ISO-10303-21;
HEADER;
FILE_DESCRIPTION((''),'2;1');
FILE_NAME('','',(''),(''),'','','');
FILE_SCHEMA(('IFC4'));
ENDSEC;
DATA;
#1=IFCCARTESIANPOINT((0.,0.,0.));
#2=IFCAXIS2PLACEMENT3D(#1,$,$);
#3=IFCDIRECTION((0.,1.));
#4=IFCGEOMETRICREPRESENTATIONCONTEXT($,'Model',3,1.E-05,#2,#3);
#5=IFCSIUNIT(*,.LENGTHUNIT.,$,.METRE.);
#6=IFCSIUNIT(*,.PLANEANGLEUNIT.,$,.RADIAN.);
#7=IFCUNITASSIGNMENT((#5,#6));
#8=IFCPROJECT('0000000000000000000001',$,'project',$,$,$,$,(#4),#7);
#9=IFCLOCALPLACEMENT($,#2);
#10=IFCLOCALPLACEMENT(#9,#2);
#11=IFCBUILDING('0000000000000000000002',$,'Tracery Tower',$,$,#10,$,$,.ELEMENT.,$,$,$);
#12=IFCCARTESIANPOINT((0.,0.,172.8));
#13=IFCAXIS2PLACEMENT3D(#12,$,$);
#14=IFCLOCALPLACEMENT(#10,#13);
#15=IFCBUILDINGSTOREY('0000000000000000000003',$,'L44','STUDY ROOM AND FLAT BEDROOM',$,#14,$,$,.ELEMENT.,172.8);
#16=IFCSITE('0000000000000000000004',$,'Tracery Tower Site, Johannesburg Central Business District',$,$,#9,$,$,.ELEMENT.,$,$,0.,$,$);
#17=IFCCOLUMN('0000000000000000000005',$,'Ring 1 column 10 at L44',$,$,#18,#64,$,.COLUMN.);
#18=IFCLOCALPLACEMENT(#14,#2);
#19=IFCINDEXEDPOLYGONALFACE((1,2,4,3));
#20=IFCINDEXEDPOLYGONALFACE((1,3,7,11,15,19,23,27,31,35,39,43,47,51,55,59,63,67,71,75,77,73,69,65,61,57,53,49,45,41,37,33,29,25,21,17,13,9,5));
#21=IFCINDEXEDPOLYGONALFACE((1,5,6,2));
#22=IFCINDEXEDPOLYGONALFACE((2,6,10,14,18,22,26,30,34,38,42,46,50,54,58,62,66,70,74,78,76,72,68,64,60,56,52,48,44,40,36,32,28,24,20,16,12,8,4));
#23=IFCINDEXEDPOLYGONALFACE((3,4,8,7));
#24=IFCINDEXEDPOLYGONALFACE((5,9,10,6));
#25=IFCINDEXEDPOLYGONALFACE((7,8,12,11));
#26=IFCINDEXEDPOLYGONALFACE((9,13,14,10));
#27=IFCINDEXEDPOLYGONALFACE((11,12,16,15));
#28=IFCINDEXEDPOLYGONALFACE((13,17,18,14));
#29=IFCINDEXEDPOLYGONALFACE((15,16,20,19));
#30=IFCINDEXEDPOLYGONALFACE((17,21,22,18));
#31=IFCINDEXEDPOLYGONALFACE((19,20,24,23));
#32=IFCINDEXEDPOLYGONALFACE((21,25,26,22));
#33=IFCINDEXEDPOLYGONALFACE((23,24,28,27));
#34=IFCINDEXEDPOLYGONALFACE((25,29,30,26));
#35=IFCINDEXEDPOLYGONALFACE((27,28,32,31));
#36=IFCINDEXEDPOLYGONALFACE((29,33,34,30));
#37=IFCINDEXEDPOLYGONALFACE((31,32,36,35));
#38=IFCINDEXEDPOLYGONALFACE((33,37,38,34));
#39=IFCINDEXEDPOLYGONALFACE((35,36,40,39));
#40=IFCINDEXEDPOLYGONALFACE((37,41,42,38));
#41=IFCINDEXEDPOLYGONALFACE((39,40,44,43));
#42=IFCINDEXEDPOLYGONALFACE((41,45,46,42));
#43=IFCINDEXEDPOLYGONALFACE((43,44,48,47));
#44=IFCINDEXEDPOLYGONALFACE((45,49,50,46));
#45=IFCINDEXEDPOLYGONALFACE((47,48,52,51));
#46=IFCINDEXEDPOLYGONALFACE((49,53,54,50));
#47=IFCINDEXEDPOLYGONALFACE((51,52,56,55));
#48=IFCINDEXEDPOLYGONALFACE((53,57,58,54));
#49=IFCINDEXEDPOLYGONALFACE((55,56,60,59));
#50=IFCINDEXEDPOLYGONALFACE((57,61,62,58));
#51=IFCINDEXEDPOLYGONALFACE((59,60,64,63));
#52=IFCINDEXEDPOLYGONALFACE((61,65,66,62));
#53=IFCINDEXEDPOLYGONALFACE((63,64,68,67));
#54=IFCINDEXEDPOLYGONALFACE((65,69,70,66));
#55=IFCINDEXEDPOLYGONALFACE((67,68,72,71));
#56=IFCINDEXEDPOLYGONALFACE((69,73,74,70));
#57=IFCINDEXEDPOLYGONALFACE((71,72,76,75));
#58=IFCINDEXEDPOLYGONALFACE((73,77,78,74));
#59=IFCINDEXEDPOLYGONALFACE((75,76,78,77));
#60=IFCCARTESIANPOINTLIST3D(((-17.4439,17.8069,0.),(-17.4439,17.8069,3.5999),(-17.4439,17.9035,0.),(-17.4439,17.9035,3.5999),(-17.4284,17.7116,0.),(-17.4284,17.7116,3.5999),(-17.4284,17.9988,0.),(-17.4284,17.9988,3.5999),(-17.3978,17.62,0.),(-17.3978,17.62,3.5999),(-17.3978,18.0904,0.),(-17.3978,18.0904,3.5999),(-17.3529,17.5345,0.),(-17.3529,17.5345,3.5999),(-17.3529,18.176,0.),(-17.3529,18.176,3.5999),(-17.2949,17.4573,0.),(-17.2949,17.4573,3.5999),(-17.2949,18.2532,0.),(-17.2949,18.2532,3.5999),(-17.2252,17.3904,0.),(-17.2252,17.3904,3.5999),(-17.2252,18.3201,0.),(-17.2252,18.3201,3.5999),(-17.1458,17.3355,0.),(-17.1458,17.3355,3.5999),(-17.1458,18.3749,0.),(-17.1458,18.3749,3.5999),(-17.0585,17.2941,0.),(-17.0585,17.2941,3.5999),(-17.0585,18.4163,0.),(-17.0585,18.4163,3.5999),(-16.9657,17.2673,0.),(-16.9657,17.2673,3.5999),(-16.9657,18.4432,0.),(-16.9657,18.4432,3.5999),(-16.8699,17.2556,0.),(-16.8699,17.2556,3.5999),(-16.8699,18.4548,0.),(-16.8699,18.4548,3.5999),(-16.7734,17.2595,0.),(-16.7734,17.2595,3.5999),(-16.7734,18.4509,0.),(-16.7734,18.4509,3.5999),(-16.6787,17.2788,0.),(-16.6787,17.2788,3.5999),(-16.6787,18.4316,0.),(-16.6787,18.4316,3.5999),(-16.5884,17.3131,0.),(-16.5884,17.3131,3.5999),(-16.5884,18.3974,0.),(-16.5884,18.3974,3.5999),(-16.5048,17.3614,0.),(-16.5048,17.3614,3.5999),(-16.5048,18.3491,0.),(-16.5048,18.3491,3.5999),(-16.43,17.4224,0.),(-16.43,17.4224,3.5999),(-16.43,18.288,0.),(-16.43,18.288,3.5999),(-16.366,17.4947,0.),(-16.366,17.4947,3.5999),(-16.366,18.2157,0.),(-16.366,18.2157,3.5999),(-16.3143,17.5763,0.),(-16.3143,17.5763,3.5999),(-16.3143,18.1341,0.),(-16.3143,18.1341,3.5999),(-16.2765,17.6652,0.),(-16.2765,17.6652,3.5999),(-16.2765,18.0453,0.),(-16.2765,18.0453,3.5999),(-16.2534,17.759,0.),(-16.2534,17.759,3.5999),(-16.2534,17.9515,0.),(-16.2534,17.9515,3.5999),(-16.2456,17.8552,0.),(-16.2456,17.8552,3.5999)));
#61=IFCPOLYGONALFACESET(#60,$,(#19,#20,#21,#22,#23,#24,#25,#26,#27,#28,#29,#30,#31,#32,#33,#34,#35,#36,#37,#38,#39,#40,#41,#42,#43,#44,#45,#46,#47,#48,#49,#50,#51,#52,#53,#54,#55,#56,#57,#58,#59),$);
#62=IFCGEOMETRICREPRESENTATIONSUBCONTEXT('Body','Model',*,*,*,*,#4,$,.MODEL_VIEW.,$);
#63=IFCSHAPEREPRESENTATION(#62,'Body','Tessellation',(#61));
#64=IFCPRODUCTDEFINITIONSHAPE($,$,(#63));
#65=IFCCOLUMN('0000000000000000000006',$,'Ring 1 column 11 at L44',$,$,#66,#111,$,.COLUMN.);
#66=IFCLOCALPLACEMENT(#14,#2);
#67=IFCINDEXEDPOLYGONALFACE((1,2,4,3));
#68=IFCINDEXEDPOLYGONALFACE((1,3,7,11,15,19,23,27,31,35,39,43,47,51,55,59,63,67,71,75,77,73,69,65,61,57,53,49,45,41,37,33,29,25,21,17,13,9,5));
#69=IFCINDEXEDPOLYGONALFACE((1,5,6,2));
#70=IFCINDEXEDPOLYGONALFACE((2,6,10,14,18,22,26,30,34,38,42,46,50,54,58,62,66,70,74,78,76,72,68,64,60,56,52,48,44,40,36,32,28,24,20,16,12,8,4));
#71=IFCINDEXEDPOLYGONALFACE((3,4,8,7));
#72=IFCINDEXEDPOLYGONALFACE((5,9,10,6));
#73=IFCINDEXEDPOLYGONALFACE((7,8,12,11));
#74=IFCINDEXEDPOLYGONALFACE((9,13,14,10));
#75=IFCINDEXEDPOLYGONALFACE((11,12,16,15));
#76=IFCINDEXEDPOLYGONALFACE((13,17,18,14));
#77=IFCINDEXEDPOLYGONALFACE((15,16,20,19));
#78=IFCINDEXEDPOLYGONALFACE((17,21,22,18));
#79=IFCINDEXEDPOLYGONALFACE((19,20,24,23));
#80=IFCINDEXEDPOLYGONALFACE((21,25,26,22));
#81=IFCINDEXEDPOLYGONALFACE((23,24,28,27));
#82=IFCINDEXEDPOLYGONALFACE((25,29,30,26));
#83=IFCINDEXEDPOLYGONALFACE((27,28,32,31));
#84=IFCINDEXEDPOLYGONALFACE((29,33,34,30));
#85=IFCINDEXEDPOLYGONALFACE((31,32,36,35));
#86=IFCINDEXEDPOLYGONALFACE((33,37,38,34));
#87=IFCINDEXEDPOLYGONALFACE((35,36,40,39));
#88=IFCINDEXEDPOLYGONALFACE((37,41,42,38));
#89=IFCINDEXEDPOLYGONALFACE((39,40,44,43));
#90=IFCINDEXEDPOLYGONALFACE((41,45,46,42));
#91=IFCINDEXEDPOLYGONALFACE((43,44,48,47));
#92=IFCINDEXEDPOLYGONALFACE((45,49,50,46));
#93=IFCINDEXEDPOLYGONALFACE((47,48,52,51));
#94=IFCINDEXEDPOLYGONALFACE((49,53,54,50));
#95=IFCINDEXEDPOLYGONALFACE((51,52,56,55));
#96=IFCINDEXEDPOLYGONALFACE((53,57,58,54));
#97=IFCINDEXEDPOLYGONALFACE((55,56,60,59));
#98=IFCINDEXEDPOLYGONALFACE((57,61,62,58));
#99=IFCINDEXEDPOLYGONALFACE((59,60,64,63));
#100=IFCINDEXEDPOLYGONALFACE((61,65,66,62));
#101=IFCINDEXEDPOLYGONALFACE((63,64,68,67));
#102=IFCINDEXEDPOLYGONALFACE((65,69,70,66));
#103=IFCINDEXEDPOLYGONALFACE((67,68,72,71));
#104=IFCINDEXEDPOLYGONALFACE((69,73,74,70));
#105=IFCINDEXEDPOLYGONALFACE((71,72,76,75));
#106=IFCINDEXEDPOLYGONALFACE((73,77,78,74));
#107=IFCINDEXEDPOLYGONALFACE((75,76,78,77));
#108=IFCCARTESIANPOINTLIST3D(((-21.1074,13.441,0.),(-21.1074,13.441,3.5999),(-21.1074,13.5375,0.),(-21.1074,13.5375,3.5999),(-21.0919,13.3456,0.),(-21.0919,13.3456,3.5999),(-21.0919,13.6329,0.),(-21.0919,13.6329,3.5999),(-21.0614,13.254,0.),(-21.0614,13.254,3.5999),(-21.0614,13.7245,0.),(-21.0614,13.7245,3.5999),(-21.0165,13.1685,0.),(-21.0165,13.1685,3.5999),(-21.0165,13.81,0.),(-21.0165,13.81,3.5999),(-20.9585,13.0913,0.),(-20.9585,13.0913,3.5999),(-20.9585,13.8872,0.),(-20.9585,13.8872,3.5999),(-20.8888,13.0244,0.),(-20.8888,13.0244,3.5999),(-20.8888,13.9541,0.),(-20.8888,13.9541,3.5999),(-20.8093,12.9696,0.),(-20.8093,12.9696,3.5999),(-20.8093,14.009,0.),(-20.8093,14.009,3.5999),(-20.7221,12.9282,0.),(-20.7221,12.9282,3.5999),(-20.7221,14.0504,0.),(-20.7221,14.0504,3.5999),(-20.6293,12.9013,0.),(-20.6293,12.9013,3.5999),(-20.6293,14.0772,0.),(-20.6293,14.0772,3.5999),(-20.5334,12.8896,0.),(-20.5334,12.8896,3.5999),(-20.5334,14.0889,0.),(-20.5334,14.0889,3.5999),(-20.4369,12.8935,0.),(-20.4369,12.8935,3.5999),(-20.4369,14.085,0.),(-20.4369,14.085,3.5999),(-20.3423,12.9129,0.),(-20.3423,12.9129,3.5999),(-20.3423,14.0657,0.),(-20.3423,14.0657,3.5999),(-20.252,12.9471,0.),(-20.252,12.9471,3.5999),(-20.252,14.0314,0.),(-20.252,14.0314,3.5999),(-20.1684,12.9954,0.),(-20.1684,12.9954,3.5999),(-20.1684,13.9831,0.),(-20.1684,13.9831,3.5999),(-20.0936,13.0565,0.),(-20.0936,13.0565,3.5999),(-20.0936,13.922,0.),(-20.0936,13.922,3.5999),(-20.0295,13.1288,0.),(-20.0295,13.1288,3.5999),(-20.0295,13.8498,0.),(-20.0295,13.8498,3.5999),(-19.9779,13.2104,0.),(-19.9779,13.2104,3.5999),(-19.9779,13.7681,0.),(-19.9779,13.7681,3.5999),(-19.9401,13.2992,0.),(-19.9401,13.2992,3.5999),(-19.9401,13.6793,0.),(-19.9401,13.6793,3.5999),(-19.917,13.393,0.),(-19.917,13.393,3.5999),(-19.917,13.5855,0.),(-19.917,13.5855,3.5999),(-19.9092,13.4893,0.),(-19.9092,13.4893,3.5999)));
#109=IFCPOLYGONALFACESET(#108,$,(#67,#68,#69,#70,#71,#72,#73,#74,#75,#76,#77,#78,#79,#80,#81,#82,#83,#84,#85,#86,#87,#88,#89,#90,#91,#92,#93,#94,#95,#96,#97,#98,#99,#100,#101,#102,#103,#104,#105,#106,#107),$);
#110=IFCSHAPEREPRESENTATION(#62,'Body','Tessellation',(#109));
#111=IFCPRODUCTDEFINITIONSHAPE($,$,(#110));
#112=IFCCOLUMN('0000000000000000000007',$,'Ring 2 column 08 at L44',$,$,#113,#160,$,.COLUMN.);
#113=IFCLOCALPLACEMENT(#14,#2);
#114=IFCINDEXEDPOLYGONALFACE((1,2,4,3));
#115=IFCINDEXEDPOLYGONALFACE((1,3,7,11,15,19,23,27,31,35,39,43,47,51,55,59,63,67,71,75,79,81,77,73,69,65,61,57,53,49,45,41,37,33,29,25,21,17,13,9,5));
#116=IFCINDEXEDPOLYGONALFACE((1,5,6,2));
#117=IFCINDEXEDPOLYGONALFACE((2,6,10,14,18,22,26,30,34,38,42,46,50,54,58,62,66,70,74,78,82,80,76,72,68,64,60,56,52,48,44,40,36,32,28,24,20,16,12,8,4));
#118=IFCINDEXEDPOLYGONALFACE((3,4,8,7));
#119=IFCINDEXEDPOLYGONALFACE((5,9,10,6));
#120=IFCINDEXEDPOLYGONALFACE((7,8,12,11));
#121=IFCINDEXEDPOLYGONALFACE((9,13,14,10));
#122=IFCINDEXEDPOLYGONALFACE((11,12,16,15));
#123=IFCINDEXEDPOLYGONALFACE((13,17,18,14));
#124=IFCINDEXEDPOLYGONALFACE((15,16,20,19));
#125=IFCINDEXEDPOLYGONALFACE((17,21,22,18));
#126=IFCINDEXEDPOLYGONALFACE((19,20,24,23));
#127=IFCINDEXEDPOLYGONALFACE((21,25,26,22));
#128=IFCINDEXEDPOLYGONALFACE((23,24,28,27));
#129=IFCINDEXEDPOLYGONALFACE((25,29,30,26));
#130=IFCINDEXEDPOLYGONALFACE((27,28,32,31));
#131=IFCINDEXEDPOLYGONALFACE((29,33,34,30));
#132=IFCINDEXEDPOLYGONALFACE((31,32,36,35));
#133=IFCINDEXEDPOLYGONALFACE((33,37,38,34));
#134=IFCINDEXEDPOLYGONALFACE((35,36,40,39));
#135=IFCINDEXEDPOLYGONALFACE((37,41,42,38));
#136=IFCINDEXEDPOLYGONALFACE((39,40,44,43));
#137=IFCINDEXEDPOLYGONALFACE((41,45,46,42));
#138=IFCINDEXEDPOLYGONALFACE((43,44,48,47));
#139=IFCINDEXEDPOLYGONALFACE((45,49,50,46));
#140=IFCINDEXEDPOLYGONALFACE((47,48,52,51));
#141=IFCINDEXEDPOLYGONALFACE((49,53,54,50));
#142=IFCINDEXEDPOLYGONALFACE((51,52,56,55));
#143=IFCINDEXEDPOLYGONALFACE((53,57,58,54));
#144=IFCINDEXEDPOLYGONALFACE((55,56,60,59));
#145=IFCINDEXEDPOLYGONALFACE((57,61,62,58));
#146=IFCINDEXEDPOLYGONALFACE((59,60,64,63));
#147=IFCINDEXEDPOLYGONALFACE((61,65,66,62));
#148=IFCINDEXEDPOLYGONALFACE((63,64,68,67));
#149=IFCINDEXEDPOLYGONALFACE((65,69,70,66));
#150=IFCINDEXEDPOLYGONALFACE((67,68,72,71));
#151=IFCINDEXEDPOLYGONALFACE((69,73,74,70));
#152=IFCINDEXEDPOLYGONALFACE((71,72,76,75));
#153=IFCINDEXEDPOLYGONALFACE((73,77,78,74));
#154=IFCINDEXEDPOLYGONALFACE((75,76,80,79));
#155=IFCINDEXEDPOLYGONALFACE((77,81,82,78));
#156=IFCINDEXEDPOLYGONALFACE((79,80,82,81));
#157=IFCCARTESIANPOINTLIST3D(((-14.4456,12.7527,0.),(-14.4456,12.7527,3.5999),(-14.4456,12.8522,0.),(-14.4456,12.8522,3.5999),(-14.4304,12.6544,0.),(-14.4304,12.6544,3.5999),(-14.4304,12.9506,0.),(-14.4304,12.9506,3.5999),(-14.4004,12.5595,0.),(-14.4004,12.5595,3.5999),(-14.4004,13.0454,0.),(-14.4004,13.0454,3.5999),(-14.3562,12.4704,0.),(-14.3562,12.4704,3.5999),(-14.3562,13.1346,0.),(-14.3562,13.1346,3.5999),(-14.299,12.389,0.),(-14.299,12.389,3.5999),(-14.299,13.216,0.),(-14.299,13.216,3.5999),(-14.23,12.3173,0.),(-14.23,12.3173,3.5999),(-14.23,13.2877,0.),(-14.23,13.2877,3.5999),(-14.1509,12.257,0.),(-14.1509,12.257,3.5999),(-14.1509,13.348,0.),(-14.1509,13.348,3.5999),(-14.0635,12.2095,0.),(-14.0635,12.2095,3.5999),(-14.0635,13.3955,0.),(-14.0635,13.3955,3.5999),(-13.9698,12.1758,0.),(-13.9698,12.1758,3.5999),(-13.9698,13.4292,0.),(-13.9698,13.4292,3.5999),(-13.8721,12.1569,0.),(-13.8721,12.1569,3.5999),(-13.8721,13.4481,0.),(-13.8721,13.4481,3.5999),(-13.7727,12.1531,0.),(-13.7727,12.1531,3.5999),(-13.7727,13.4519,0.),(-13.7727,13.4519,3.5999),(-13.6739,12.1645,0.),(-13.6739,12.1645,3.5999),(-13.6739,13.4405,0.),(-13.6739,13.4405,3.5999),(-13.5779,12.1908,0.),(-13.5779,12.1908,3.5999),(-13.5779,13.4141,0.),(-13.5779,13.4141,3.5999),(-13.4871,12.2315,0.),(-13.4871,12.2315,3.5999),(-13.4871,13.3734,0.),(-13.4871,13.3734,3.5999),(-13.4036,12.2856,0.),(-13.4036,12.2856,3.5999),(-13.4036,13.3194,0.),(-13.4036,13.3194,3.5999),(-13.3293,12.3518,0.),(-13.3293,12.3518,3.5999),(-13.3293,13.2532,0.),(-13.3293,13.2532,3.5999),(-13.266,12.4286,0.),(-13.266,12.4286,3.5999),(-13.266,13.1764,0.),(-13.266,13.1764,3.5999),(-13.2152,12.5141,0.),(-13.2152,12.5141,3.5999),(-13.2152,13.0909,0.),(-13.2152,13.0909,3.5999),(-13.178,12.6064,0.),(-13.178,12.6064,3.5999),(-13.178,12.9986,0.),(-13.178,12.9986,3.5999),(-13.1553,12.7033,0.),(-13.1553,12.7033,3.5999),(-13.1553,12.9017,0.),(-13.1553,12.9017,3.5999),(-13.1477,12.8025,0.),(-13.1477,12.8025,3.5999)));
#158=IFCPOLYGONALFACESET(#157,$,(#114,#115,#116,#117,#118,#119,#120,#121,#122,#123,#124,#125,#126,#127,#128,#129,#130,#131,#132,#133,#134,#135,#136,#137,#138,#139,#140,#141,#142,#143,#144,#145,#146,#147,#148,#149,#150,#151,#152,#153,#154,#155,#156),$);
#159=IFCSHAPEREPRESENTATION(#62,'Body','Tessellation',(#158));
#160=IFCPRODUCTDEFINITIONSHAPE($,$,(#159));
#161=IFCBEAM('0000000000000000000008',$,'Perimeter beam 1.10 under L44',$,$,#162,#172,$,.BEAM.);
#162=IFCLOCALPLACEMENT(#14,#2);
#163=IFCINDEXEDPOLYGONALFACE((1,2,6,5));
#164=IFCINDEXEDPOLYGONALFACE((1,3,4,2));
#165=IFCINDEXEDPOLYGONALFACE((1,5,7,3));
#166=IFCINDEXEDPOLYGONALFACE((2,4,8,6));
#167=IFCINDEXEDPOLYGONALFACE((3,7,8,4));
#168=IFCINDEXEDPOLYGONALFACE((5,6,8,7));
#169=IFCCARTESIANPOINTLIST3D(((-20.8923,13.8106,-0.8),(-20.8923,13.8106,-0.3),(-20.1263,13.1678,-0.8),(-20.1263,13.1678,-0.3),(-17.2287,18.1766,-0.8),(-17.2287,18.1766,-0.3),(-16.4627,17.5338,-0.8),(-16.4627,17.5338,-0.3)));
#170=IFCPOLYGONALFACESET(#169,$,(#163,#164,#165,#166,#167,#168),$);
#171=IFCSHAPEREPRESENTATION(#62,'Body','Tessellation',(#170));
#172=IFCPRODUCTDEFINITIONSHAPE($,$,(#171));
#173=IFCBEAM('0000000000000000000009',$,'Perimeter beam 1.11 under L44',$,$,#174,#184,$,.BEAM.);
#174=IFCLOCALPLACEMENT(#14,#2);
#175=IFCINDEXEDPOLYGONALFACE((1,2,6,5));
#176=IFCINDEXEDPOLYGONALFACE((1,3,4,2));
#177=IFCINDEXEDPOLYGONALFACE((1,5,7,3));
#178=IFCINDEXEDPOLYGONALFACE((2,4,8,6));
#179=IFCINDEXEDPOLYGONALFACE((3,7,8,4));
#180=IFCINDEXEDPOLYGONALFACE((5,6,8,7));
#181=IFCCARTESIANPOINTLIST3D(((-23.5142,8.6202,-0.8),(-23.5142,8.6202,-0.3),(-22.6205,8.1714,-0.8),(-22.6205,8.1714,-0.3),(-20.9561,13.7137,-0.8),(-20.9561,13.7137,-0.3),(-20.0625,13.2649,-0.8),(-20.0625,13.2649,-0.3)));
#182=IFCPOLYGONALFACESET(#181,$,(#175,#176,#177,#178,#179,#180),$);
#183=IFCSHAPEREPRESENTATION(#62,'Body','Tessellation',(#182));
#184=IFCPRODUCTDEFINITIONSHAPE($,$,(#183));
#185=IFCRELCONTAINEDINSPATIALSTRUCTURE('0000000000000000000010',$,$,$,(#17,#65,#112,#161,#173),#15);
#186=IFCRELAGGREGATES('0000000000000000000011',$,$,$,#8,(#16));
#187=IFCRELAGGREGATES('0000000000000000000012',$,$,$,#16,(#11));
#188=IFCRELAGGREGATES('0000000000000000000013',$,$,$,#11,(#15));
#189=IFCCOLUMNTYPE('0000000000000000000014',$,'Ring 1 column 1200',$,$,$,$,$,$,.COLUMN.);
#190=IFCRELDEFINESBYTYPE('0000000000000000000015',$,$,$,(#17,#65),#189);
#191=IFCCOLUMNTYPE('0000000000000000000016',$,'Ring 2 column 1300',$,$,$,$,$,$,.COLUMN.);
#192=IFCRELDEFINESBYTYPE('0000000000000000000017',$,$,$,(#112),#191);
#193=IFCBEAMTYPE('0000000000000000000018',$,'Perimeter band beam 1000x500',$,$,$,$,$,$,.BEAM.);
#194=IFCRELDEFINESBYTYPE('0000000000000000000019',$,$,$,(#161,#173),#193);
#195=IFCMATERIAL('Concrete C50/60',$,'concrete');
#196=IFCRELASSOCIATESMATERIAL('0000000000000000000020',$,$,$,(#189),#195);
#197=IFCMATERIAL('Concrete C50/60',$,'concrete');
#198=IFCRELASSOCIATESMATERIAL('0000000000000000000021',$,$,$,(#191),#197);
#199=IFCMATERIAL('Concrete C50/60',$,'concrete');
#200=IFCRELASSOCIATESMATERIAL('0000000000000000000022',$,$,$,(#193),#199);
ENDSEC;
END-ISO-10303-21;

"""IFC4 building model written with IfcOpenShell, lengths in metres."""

from ifc_helpers import new_model, si_unit, direction, frame, origin, origin_2d, place, context, subcontext, project, spatial, rectangle, circle, extrude, material, material_profile, profile_set, type_object, element, save


model = new_model("IFC4")

# Units and contexts
model_context = context("Model", 3, precision=1e-05, world=origin(), true_north=direction((0.0, 1.0)))
body_context = subcontext(model_context, "Body", "Model", "MODEL_VIEW")
ifc_project = project(units=[si_unit("LENGTHUNIT", "METRE"), si_unit("PLANEANGLEUNIT", "RADIAN")], contexts=[model_context])

# Site, building, storey
site_placement = place(None, origin())
site = spatial("IfcSite", under=ifc_project, at=site_placement, Name="Tracery Tower Site, Johannesburg Central Business District", CompositionType="ELEMENT", RefElevation=0.0)
building_placement = place(site_placement, origin())
building = spatial("IfcBuilding", under=site, at=building_placement, Name="Tracery Tower", CompositionType="ELEMENT")
storey_placement = place(building_placement, frame((0.0, 0.0, 172.8)))
storey = spatial("IfcBuildingStorey", under=building, at=storey_placement, Name="L44", Description="STUDY ROOM AND FLAT BEDROOM", CompositionType="ELEMENT", Elevation=172.8)

# Columns
ifc_material_1 = material(Name="Concrete C50/60", Category="concrete")
ifc_material_profile_1 = material_profile(ifc_material_1, circle(Radius=0.6001, at=origin_2d()), Name="RC D1200")
ifc_profile_set_1 = profile_set([ifc_material_profile_1], Name="Concrete C50/60")
column_type_1 = type_object("IfcColumnType", Name="Ring 1 column 1200", PredefinedType="COLUMN", material=ifc_profile_set_1)
for number, where, z_axis, x_axis, name in (
    (1, (-16.8457, 17.8552, 0.0), (0.0, 0.0, 1.0), (1.0, 0.0, 0.0), "Ring 1 column 10 at L44"),
    (2, (-20.5093, 13.4893, 0.0), (0.0, 0.0, 1.0), (1.0, 0.0, 0.0), "Ring 1 column 11 at L44"),
):
    element("IfcColumn", number, at=place(storey_placement, frame(where, z_axis=z_axis, x_axis=x_axis)), inside=storey, type_object=column_type_1, Name=name, PredefinedType="COLUMN", context=body_context, shape_type="SweptSolid", body=[
        extrude(circle(Radius=0.6001, at=origin_2d()), origin(), (0.0, 0.0, 1.0), 3.5999),
    ])
ifc_material_2 = material(Name="Concrete C50/60", Category="concrete")
ifc_material_profile_2 = material_profile(ifc_material_2, circle(Radius=0.6499, at=origin_2d()), Name="RC D1300")
ifc_profile_set_2 = profile_set([ifc_material_profile_2], Name="Concrete C50/60")
column_type_2 = type_object("IfcColumnType", Name="Ring 2 column 1300", PredefinedType="COLUMN", material=ifc_profile_set_2)
column_placement = place(storey_placement, frame((-13.7976, 12.8025, 0.0), z_axis=(0.0, 0.0, 1.0), x_axis=(1.0, 0.0, 0.0)))
element("IfcColumn", 3, at=column_placement, inside=storey, type_object=column_type_2, Name="Ring 2 column 08 at L44", PredefinedType="COLUMN", context=body_context, shape_type="SweptSolid", body=[
    extrude(circle(Radius=0.6499, at=origin_2d()), origin(), (0.0, 0.0, 1.0), 3.5999),
])

# Beams
ifc_material_3 = material(Name="Concrete C50/60", Category="concrete")
ifc_material_profile_3 = material_profile(ifc_material_3, rectangle(XDim=1.0, YDim=0.5, at=origin_2d()), Name="RC 1000x500")
ifc_profile_set_3 = profile_set([ifc_material_profile_3], Name="Concrete C50/60")
beam_type = type_object("IfcBeamType", Name="Perimeter band beam 1000x500", PredefinedType="BEAM", material=ifc_profile_set_3)
beam_1_placement = place(storey_placement, frame((-16.8457, 17.8552, -0.55), z_axis=(-0.642797, -0.766036, 0.0), x_axis=(0.766036, -0.642797, 0.0)))
element("IfcBeam", 4, at=beam_1_placement, inside=storey, type_object=beam_type, Name="Perimeter beam 1.10 under L44", PredefinedType="BEAM", context=body_context, shape_type="SweptSolid", body=[
    extrude(rectangle(XDim=1.0, YDim=0.5, at=origin_2d()), origin(), (0.0, 0.0, 1.0), 5.6995),
])
beam_2_placement = place(storey_placement, frame((-20.5093, 13.4893, -0.55), z_axis=(-0.448806, -0.893629, 0.0), x_axis=(0.893629, -0.448806, 0.0)))
element("IfcBeam", 5, at=beam_2_placement, inside=storey, type_object=beam_type, Name="Perimeter beam 1.11 under L44", PredefinedType="BEAM", context=body_context, shape_type="SweptSolid", body=[
    extrude(rectangle(XDim=1.0, YDim=0.5, at=origin_2d()), origin(), (0.0, 0.0, 1.0), 5.6997),
])

save(model, "model.ifc")
